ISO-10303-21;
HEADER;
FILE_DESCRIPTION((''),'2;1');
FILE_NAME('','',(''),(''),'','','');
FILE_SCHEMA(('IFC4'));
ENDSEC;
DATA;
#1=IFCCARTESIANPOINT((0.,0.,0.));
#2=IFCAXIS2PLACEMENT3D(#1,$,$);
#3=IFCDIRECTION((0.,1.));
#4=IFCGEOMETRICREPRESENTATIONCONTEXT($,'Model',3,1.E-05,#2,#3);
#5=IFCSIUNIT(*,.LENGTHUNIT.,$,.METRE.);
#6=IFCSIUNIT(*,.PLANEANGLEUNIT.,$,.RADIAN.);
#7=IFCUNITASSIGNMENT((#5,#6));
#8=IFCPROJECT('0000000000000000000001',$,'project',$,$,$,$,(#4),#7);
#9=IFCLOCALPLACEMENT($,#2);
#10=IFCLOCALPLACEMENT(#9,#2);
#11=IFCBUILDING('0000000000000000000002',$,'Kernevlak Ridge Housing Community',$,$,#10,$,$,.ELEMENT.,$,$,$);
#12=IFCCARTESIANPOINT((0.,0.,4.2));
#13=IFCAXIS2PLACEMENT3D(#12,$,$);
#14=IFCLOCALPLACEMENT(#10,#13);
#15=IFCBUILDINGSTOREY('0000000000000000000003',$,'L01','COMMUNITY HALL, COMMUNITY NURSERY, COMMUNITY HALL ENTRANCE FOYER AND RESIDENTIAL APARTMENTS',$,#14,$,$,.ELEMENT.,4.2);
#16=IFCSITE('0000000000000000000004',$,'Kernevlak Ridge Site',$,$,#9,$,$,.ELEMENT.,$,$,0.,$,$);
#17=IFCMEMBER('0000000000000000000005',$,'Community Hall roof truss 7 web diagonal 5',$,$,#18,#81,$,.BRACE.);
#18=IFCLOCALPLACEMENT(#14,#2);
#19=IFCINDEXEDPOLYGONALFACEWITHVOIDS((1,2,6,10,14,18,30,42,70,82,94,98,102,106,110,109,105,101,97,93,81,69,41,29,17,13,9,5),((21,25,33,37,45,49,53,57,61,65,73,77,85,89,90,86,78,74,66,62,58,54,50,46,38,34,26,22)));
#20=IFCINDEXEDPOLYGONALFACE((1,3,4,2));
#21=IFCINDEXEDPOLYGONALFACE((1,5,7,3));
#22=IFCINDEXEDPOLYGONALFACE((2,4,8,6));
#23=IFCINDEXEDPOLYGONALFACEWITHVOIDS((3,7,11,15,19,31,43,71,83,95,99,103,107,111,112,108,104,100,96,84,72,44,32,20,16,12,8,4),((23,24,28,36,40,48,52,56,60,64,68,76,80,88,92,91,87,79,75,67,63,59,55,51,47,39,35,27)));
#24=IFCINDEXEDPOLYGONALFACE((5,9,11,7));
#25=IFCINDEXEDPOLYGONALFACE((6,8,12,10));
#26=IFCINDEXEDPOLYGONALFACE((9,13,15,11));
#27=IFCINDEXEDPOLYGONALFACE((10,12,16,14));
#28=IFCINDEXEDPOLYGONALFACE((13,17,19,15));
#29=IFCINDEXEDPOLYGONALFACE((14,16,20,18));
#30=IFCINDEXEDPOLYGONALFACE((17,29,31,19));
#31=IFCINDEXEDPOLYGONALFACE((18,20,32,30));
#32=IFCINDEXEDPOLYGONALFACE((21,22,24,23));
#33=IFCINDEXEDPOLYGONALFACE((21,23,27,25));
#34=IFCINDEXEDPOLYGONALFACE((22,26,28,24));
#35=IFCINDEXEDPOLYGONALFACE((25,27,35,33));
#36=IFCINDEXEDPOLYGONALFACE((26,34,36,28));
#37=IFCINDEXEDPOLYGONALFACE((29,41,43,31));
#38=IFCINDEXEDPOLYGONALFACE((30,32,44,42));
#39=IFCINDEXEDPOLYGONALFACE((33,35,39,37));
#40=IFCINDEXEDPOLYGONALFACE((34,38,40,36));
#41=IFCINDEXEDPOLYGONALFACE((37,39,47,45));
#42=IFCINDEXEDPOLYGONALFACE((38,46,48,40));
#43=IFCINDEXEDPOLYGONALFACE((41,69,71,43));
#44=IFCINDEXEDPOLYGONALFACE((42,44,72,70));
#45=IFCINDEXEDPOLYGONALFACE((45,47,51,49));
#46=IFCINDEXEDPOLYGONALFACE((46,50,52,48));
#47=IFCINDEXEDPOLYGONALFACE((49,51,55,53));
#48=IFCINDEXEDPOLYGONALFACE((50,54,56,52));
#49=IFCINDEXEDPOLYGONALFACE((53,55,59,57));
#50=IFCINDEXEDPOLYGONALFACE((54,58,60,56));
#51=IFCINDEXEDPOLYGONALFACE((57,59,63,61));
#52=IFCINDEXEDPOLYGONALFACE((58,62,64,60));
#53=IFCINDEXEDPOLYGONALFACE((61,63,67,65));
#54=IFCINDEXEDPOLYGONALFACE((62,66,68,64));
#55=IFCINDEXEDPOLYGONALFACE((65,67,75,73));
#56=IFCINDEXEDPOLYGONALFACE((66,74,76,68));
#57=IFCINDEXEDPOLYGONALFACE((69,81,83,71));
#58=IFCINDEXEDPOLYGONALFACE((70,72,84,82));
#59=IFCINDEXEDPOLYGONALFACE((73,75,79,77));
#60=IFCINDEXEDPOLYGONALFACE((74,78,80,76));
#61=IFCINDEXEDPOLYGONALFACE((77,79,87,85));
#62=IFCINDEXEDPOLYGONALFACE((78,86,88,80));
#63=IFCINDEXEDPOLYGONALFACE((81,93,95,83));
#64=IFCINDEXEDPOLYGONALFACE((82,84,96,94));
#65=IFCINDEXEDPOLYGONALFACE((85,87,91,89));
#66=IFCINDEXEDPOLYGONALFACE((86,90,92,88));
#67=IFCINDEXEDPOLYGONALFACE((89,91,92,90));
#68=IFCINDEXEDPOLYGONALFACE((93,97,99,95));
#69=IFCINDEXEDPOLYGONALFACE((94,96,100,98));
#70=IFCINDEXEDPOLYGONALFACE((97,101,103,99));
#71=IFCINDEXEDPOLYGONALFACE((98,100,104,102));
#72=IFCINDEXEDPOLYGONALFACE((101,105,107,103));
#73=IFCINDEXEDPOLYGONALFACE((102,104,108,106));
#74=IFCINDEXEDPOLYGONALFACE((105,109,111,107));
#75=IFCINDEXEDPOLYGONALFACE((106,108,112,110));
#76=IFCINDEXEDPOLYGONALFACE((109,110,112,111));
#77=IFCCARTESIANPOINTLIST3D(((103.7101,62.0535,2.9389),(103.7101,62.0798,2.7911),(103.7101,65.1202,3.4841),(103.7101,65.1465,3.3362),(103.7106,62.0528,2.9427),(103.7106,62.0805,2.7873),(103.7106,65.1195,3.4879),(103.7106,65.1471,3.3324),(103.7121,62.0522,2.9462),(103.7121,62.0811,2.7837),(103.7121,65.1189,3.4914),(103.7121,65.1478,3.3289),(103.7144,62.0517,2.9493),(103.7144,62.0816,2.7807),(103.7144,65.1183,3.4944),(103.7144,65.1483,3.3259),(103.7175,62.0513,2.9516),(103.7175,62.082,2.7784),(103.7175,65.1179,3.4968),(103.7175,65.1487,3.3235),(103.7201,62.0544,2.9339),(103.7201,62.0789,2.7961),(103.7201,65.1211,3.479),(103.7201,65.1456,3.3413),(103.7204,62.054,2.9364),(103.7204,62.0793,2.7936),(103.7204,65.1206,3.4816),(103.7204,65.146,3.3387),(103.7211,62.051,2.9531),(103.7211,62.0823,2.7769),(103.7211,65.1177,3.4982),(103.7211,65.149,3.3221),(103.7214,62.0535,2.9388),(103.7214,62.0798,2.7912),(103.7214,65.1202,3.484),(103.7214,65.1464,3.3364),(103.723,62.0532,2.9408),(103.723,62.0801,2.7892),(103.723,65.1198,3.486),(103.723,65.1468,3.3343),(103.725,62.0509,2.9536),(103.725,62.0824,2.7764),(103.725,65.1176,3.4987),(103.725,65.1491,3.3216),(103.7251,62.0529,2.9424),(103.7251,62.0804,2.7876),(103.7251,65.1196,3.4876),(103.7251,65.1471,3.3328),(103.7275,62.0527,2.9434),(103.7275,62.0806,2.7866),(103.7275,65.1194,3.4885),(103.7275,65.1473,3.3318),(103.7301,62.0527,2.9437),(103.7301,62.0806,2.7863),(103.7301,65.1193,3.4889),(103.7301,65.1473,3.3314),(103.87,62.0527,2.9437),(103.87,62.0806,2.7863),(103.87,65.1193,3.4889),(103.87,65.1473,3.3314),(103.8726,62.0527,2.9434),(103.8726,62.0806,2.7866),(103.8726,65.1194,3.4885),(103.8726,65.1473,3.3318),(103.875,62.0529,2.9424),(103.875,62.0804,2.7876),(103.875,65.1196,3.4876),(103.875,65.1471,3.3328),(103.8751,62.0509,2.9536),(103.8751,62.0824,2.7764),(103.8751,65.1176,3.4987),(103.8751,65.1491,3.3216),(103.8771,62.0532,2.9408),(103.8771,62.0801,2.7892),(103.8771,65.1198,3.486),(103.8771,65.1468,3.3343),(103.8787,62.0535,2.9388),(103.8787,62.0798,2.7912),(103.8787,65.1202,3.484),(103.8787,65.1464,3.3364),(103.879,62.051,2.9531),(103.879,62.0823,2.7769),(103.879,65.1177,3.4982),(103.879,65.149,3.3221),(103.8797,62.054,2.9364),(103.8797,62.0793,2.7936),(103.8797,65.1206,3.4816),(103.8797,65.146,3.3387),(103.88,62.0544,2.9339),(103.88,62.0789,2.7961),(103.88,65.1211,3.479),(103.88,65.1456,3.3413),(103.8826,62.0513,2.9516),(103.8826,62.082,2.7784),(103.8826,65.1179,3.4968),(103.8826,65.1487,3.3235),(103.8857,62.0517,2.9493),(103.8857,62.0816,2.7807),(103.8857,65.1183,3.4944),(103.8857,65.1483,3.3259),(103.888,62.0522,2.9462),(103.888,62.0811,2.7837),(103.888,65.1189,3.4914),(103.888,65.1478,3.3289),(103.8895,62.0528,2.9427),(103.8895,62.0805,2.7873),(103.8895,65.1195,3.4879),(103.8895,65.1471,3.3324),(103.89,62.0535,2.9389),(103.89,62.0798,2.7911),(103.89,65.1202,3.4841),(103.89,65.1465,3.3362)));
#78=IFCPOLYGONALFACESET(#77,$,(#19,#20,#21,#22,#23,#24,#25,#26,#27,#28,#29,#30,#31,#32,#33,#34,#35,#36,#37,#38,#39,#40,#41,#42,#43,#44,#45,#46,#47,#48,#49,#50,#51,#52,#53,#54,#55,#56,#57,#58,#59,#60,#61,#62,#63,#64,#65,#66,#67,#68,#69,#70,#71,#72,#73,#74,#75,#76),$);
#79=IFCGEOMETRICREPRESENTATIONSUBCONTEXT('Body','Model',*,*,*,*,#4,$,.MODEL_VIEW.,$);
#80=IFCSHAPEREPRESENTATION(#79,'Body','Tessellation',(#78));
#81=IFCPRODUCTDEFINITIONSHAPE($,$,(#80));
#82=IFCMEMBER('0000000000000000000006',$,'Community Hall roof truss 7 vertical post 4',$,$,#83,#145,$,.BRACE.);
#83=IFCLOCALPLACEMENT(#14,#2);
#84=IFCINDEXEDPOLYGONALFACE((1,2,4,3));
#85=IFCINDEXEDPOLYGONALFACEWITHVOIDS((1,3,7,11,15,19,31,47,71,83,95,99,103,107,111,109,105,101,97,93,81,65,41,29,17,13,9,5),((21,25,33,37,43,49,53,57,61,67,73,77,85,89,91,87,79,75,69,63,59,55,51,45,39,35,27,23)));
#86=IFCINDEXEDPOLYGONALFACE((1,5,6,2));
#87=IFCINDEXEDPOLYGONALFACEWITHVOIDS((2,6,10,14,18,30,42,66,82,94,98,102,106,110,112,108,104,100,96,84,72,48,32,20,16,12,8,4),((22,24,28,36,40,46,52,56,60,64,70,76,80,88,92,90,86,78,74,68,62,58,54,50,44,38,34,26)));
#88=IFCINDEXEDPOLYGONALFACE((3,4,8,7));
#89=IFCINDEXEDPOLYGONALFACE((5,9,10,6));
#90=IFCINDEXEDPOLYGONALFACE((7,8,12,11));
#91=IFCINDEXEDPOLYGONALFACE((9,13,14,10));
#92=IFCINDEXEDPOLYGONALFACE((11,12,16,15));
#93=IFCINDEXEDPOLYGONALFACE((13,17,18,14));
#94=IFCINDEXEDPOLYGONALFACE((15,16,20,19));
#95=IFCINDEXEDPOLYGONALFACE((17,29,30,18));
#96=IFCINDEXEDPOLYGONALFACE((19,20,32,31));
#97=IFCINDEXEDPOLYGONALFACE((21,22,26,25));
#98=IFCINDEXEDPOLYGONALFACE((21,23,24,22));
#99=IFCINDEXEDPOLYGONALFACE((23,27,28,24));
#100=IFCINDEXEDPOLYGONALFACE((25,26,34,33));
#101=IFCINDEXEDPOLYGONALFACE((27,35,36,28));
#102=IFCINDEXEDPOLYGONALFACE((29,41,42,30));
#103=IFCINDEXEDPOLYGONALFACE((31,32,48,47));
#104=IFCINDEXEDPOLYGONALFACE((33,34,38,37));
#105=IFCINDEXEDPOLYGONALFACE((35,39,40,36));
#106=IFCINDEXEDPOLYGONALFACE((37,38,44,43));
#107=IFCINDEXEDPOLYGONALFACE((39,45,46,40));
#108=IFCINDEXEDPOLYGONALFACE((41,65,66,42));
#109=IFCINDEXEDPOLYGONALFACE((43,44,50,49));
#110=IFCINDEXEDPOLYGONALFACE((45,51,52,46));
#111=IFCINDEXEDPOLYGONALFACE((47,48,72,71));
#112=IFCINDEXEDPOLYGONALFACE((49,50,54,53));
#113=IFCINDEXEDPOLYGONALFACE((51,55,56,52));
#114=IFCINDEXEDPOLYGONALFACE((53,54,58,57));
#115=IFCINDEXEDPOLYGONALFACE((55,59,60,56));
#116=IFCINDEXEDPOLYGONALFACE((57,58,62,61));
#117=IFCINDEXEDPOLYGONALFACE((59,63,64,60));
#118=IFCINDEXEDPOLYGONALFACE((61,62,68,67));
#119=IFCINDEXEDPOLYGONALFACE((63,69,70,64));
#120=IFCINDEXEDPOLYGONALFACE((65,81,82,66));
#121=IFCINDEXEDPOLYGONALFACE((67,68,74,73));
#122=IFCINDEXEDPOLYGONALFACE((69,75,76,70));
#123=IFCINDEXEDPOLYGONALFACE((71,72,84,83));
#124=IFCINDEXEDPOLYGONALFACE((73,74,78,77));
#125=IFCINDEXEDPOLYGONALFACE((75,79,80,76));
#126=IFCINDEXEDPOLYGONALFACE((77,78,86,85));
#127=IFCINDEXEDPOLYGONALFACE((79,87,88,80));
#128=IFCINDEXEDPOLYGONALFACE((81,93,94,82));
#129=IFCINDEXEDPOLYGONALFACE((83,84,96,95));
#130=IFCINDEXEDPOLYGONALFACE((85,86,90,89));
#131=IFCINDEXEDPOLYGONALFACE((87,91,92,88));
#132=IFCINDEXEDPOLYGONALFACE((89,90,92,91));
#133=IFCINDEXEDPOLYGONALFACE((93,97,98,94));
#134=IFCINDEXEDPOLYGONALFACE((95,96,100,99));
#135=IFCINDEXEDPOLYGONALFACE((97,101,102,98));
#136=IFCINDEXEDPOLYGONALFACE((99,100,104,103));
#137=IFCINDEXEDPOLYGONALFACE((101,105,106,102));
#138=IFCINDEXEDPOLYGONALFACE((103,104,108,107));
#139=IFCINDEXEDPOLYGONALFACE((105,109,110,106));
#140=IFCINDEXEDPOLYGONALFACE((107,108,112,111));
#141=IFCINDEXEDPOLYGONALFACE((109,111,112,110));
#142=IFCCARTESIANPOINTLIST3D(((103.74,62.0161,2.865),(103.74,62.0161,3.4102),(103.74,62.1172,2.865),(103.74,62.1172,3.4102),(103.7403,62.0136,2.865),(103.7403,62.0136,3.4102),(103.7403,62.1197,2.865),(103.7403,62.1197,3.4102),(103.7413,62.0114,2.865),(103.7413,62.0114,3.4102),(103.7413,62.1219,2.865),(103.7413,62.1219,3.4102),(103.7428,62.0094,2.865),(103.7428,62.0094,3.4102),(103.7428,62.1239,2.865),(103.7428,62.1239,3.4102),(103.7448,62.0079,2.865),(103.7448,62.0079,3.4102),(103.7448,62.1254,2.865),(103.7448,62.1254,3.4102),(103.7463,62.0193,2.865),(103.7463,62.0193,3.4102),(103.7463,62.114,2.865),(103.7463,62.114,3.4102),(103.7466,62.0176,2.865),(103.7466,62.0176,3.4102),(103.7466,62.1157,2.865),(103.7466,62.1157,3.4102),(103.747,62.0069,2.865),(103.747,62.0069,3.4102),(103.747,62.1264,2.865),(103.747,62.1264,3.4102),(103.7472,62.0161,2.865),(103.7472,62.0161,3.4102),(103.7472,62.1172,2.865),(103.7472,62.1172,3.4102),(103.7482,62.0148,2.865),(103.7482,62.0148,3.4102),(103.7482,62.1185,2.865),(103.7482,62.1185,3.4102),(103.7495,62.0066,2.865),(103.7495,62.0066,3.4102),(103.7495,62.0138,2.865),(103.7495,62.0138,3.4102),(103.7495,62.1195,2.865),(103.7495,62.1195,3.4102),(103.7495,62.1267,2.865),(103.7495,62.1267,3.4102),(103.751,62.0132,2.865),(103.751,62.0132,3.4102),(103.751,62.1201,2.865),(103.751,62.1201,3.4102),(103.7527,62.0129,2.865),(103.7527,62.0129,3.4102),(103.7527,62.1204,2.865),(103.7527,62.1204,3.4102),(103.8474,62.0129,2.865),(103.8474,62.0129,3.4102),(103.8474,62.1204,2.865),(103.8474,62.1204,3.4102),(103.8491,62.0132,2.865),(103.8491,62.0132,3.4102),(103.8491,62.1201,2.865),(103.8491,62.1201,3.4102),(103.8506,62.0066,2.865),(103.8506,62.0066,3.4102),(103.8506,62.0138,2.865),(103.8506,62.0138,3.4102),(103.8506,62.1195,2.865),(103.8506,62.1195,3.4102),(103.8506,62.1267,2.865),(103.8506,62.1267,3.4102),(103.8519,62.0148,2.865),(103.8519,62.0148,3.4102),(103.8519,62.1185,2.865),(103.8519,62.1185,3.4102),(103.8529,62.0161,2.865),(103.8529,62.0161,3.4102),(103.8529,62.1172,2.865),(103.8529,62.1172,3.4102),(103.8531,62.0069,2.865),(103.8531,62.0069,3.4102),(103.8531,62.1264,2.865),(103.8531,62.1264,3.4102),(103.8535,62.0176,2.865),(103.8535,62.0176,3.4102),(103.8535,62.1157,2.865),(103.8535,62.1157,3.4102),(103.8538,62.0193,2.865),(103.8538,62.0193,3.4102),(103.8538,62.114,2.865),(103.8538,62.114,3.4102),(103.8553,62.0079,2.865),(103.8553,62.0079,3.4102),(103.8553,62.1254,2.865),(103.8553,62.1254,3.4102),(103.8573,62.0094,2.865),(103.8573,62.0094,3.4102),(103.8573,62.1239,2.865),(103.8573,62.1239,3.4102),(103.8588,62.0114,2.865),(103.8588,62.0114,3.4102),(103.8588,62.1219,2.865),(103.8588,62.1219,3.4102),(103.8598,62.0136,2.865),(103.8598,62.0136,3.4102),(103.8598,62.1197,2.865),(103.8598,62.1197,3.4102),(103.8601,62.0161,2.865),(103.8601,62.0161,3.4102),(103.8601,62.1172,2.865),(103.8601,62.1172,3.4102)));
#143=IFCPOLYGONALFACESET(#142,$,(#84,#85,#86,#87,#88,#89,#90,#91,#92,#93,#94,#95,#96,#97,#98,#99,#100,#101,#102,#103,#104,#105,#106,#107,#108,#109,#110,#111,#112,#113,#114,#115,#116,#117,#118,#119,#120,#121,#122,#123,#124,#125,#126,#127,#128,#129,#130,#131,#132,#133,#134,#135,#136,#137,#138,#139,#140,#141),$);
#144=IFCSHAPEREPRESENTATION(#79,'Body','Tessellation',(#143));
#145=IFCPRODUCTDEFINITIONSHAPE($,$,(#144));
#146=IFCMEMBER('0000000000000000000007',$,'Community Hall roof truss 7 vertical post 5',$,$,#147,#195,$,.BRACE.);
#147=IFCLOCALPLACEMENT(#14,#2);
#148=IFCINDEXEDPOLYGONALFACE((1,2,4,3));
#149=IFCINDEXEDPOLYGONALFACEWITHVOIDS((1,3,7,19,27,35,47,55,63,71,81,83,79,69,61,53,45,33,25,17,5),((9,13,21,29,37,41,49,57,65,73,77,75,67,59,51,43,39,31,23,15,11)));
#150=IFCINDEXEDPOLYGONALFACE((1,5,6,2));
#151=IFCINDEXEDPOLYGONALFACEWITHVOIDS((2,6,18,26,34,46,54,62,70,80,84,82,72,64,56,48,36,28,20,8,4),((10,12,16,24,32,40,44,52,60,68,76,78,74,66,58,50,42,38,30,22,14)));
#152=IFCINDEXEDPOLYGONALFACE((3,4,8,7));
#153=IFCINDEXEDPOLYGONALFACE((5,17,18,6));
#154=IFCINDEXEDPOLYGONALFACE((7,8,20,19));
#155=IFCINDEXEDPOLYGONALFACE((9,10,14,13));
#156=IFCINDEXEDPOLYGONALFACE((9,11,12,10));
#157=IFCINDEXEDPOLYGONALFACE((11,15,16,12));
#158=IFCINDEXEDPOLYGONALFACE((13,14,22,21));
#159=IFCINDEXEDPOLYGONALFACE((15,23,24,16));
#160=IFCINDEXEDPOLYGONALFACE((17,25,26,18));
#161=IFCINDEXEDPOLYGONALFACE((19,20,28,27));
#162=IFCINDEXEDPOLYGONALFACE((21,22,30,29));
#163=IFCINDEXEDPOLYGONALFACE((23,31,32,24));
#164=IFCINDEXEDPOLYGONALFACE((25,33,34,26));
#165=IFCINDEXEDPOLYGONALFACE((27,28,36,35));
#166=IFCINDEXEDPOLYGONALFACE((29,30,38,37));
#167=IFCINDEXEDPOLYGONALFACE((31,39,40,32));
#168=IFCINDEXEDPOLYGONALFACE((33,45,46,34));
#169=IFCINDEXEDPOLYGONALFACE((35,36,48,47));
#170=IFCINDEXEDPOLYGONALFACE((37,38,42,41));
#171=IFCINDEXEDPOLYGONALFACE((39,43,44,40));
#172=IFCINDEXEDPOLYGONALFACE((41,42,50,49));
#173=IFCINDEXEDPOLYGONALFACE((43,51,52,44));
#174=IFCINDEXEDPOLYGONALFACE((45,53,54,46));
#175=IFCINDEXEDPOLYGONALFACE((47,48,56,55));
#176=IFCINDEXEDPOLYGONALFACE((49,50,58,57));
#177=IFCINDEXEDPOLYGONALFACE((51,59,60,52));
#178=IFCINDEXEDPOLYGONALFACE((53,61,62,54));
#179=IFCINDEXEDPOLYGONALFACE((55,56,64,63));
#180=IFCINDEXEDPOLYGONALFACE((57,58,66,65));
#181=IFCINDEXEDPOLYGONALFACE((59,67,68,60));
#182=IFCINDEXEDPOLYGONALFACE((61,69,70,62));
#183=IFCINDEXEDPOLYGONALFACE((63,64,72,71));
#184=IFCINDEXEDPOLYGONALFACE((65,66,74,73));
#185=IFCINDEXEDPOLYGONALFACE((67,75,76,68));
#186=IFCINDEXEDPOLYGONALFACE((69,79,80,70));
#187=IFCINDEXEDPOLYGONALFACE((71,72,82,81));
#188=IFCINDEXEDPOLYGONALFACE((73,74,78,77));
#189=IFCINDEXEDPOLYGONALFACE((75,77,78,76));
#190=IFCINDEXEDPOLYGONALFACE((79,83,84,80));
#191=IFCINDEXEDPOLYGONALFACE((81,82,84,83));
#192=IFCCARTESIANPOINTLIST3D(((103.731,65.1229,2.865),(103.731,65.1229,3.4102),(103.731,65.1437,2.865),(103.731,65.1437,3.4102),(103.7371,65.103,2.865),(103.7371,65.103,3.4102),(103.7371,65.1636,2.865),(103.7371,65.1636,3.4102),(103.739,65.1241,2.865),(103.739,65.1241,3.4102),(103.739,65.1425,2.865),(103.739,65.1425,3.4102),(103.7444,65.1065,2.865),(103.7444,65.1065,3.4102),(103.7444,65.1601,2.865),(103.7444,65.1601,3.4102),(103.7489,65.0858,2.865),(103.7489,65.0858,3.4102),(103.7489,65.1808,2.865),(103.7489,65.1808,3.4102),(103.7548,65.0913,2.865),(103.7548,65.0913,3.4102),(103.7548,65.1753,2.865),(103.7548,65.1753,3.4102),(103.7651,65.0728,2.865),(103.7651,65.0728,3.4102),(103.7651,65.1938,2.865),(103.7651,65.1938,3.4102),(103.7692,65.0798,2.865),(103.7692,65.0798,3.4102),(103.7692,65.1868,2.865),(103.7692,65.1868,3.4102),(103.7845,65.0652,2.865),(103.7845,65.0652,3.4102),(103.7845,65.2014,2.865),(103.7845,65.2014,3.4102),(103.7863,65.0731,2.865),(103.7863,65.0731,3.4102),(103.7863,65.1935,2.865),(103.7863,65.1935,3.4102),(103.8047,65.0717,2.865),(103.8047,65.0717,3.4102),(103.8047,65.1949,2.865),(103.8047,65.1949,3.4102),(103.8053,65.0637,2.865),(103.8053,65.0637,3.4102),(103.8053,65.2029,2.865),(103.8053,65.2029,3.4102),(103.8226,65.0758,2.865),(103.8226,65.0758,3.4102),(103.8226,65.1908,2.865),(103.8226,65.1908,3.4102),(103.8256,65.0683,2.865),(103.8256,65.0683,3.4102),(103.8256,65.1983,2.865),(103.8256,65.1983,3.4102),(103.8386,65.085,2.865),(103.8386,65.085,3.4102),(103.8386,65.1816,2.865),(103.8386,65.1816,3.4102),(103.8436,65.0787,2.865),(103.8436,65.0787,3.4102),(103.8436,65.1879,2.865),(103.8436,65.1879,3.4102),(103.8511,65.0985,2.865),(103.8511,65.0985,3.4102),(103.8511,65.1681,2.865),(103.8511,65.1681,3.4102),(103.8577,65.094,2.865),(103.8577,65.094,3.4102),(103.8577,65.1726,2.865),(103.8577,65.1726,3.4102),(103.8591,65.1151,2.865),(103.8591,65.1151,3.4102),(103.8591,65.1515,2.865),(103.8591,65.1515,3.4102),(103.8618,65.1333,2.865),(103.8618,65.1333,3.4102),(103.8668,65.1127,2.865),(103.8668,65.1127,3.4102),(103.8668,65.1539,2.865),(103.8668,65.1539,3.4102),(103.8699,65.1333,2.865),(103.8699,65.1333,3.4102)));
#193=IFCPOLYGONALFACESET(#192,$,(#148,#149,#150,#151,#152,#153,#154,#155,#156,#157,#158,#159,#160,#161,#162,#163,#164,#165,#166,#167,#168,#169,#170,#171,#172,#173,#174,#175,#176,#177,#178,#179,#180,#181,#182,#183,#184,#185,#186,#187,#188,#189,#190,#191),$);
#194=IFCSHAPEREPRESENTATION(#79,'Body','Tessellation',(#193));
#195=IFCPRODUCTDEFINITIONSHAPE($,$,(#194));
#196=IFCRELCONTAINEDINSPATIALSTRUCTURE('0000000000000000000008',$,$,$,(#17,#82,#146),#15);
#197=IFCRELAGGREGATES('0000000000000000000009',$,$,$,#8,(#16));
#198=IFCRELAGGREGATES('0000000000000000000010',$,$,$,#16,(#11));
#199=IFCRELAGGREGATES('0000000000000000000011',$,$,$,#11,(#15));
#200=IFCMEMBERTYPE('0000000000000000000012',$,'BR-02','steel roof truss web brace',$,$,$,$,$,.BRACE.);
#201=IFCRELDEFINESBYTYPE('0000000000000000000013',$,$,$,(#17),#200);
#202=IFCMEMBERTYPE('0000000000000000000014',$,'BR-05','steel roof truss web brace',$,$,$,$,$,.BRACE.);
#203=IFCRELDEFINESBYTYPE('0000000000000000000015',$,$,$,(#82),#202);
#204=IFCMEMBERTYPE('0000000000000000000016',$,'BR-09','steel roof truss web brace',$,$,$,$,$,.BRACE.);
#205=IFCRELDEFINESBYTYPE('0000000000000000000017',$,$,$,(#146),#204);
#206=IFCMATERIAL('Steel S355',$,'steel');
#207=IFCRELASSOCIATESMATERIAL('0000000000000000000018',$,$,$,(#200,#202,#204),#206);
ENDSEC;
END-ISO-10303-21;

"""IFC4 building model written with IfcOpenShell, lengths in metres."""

from ifc_helpers import new_model, si_unit, direction, frame, origin, origin_2d, place, context, subcontext, project, spatial, hollow_rectangle, hollow_circle, extrude, material, material_profile, profile_set, type_object, element, save


model = new_model("IFC4")

# Units and contexts
model_context = context("Model", 3, precision=1e-05, world=origin(), true_north=direction((0.0, 1.0)))
body_context = subcontext(model_context, "Body", "Model", "MODEL_VIEW")
ifc_project = project(units=[si_unit("LENGTHUNIT", "METRE"), si_unit("PLANEANGLEUNIT", "RADIAN")], contexts=[model_context])

# Site, building, storey
site_placement = place(None, origin())
site = spatial("IfcSite", under=ifc_project, at=site_placement, Name="Kernevlak Ridge Site", CompositionType="ELEMENT", RefElevation=0.0)
building_placement = place(site_placement, origin())
building = spatial("IfcBuilding", under=site, at=building_placement, Name="Kernevlak Ridge Housing Community", CompositionType="ELEMENT")
storey_placement = place(building_placement, frame((0.0, 0.0, 4.2)))
storey = spatial("IfcBuildingStorey", under=building, at=storey_placement, Name="L01", Description="COMMUNITY HALL, COMMUNITY NURSERY, COMMUNITY HALL ENTRANCE FOYER AND RESIDENTIAL APARTMENTS", CompositionType="ELEMENT", Elevation=4.2)

# Shared definitions
ifc_material_1 = material(Name="Steel S355", Category="steel")

# Members
ifc_material_profile_1 = material_profile(ifc_material_1, hollow_rectangle(XDim=0.1799, YDim=0.1799, WallThickness=0.01, InnerFilletRadius=0.01, OuterFilletRadius=0.0149, at=origin_2d()), Name="SHS 180x180x10")
ifc_profile_set_1 = profile_set([ifc_material_profile_1], Name="Steel S355")
member_type_1 = type_object("IfcMemberType", Name="BR-02", Description="steel roof truss web brace", PredefinedType="BRACE", material=ifc_profile_set_1)
member_1_placement = place(storey_placement, frame((103.8, 62.0667, 2.865), z_axis=(0.0, 0.984563, 0.175028), x_axis=(-1.0, 0.0, 0.0)))
element("IfcMember", 1, at=member_1_placement, inside=storey, type_object=member_type_1, Name="Community Hall roof truss 7 web diagonal 5", PredefinedType="BRACE", context=body_context, shape_type="SweptSolid", body=[
    extrude(hollow_rectangle(XDim=0.1799, YDim=0.1799, WallThickness=0.01, InnerFilletRadius=0.01, OuterFilletRadius=0.0149, at=origin_2d()), origin(), (0.0, 0.0, 1.0), 3.1147),
])
ifc_material_profile_2 = material_profile(ifc_material_1, hollow_rectangle(XDim=0.1201, YDim=0.1201, WallThickness=0.0063, InnerFilletRadius=0.0063, OuterFilletRadius=0.0095, at=origin_2d()), Name="SHS 120x120x6.3")
ifc_profile_set_2 = profile_set([ifc_material_profile_2], Name="Steel S355")
member_type_2 = type_object("IfcMemberType", Name="BR-05", Description="steel roof truss web brace", PredefinedType="BRACE", material=ifc_profile_set_2)
member_2_placement = place(storey_placement, frame((103.8, 62.0667, 2.865), z_axis=(0.0, 0.0, 1.0), x_axis=(1.0, 0.0, 0.0)))
element("IfcMember", 2, at=member_2_placement, inside=storey, type_object=member_type_2, Name="Community Hall roof truss 7 vertical post 4", PredefinedType="BRACE", context=body_context, shape_type="SweptSolid", body=[
    extrude(hollow_rectangle(XDim=0.1201, YDim=0.1201, WallThickness=0.0063, InnerFilletRadius=0.0063, OuterFilletRadius=0.0095, at=origin_2d()), origin(), (0.0, 0.0, 1.0), 0.5452),
])
ifc_material_profile_3 = material_profile(ifc_material_1, hollow_circle(Radius=0.0698, WallThickness=0.0081, at=origin_2d()), Name="CHS 139.7x8")
ifc_profile_set_3 = profile_set([ifc_material_profile_3], Name="Steel S355")
member_type_3 = type_object("IfcMemberType", Name="BR-09", Description="steel roof truss web brace", PredefinedType="BRACE", material=ifc_profile_set_3)
member_3_placement = place(storey_placement, frame((103.8, 65.1333, 2.865), z_axis=(0.0, 0.0, 1.0), x_axis=(1.0, 0.0, 0.0)))
element("IfcMember", 3, at=member_3_placement, inside=storey, type_object=member_type_3, Name="Community Hall roof truss 7 vertical post 5", PredefinedType="BRACE", context=body_context, shape_type="SweptSolid", body=[
    extrude(hollow_circle(Radius=0.0698, WallThickness=0.0081, at=origin_2d()), origin(), (0.0, 0.0, 1.0), 0.5452),
])

save(model, "model.ifc")
